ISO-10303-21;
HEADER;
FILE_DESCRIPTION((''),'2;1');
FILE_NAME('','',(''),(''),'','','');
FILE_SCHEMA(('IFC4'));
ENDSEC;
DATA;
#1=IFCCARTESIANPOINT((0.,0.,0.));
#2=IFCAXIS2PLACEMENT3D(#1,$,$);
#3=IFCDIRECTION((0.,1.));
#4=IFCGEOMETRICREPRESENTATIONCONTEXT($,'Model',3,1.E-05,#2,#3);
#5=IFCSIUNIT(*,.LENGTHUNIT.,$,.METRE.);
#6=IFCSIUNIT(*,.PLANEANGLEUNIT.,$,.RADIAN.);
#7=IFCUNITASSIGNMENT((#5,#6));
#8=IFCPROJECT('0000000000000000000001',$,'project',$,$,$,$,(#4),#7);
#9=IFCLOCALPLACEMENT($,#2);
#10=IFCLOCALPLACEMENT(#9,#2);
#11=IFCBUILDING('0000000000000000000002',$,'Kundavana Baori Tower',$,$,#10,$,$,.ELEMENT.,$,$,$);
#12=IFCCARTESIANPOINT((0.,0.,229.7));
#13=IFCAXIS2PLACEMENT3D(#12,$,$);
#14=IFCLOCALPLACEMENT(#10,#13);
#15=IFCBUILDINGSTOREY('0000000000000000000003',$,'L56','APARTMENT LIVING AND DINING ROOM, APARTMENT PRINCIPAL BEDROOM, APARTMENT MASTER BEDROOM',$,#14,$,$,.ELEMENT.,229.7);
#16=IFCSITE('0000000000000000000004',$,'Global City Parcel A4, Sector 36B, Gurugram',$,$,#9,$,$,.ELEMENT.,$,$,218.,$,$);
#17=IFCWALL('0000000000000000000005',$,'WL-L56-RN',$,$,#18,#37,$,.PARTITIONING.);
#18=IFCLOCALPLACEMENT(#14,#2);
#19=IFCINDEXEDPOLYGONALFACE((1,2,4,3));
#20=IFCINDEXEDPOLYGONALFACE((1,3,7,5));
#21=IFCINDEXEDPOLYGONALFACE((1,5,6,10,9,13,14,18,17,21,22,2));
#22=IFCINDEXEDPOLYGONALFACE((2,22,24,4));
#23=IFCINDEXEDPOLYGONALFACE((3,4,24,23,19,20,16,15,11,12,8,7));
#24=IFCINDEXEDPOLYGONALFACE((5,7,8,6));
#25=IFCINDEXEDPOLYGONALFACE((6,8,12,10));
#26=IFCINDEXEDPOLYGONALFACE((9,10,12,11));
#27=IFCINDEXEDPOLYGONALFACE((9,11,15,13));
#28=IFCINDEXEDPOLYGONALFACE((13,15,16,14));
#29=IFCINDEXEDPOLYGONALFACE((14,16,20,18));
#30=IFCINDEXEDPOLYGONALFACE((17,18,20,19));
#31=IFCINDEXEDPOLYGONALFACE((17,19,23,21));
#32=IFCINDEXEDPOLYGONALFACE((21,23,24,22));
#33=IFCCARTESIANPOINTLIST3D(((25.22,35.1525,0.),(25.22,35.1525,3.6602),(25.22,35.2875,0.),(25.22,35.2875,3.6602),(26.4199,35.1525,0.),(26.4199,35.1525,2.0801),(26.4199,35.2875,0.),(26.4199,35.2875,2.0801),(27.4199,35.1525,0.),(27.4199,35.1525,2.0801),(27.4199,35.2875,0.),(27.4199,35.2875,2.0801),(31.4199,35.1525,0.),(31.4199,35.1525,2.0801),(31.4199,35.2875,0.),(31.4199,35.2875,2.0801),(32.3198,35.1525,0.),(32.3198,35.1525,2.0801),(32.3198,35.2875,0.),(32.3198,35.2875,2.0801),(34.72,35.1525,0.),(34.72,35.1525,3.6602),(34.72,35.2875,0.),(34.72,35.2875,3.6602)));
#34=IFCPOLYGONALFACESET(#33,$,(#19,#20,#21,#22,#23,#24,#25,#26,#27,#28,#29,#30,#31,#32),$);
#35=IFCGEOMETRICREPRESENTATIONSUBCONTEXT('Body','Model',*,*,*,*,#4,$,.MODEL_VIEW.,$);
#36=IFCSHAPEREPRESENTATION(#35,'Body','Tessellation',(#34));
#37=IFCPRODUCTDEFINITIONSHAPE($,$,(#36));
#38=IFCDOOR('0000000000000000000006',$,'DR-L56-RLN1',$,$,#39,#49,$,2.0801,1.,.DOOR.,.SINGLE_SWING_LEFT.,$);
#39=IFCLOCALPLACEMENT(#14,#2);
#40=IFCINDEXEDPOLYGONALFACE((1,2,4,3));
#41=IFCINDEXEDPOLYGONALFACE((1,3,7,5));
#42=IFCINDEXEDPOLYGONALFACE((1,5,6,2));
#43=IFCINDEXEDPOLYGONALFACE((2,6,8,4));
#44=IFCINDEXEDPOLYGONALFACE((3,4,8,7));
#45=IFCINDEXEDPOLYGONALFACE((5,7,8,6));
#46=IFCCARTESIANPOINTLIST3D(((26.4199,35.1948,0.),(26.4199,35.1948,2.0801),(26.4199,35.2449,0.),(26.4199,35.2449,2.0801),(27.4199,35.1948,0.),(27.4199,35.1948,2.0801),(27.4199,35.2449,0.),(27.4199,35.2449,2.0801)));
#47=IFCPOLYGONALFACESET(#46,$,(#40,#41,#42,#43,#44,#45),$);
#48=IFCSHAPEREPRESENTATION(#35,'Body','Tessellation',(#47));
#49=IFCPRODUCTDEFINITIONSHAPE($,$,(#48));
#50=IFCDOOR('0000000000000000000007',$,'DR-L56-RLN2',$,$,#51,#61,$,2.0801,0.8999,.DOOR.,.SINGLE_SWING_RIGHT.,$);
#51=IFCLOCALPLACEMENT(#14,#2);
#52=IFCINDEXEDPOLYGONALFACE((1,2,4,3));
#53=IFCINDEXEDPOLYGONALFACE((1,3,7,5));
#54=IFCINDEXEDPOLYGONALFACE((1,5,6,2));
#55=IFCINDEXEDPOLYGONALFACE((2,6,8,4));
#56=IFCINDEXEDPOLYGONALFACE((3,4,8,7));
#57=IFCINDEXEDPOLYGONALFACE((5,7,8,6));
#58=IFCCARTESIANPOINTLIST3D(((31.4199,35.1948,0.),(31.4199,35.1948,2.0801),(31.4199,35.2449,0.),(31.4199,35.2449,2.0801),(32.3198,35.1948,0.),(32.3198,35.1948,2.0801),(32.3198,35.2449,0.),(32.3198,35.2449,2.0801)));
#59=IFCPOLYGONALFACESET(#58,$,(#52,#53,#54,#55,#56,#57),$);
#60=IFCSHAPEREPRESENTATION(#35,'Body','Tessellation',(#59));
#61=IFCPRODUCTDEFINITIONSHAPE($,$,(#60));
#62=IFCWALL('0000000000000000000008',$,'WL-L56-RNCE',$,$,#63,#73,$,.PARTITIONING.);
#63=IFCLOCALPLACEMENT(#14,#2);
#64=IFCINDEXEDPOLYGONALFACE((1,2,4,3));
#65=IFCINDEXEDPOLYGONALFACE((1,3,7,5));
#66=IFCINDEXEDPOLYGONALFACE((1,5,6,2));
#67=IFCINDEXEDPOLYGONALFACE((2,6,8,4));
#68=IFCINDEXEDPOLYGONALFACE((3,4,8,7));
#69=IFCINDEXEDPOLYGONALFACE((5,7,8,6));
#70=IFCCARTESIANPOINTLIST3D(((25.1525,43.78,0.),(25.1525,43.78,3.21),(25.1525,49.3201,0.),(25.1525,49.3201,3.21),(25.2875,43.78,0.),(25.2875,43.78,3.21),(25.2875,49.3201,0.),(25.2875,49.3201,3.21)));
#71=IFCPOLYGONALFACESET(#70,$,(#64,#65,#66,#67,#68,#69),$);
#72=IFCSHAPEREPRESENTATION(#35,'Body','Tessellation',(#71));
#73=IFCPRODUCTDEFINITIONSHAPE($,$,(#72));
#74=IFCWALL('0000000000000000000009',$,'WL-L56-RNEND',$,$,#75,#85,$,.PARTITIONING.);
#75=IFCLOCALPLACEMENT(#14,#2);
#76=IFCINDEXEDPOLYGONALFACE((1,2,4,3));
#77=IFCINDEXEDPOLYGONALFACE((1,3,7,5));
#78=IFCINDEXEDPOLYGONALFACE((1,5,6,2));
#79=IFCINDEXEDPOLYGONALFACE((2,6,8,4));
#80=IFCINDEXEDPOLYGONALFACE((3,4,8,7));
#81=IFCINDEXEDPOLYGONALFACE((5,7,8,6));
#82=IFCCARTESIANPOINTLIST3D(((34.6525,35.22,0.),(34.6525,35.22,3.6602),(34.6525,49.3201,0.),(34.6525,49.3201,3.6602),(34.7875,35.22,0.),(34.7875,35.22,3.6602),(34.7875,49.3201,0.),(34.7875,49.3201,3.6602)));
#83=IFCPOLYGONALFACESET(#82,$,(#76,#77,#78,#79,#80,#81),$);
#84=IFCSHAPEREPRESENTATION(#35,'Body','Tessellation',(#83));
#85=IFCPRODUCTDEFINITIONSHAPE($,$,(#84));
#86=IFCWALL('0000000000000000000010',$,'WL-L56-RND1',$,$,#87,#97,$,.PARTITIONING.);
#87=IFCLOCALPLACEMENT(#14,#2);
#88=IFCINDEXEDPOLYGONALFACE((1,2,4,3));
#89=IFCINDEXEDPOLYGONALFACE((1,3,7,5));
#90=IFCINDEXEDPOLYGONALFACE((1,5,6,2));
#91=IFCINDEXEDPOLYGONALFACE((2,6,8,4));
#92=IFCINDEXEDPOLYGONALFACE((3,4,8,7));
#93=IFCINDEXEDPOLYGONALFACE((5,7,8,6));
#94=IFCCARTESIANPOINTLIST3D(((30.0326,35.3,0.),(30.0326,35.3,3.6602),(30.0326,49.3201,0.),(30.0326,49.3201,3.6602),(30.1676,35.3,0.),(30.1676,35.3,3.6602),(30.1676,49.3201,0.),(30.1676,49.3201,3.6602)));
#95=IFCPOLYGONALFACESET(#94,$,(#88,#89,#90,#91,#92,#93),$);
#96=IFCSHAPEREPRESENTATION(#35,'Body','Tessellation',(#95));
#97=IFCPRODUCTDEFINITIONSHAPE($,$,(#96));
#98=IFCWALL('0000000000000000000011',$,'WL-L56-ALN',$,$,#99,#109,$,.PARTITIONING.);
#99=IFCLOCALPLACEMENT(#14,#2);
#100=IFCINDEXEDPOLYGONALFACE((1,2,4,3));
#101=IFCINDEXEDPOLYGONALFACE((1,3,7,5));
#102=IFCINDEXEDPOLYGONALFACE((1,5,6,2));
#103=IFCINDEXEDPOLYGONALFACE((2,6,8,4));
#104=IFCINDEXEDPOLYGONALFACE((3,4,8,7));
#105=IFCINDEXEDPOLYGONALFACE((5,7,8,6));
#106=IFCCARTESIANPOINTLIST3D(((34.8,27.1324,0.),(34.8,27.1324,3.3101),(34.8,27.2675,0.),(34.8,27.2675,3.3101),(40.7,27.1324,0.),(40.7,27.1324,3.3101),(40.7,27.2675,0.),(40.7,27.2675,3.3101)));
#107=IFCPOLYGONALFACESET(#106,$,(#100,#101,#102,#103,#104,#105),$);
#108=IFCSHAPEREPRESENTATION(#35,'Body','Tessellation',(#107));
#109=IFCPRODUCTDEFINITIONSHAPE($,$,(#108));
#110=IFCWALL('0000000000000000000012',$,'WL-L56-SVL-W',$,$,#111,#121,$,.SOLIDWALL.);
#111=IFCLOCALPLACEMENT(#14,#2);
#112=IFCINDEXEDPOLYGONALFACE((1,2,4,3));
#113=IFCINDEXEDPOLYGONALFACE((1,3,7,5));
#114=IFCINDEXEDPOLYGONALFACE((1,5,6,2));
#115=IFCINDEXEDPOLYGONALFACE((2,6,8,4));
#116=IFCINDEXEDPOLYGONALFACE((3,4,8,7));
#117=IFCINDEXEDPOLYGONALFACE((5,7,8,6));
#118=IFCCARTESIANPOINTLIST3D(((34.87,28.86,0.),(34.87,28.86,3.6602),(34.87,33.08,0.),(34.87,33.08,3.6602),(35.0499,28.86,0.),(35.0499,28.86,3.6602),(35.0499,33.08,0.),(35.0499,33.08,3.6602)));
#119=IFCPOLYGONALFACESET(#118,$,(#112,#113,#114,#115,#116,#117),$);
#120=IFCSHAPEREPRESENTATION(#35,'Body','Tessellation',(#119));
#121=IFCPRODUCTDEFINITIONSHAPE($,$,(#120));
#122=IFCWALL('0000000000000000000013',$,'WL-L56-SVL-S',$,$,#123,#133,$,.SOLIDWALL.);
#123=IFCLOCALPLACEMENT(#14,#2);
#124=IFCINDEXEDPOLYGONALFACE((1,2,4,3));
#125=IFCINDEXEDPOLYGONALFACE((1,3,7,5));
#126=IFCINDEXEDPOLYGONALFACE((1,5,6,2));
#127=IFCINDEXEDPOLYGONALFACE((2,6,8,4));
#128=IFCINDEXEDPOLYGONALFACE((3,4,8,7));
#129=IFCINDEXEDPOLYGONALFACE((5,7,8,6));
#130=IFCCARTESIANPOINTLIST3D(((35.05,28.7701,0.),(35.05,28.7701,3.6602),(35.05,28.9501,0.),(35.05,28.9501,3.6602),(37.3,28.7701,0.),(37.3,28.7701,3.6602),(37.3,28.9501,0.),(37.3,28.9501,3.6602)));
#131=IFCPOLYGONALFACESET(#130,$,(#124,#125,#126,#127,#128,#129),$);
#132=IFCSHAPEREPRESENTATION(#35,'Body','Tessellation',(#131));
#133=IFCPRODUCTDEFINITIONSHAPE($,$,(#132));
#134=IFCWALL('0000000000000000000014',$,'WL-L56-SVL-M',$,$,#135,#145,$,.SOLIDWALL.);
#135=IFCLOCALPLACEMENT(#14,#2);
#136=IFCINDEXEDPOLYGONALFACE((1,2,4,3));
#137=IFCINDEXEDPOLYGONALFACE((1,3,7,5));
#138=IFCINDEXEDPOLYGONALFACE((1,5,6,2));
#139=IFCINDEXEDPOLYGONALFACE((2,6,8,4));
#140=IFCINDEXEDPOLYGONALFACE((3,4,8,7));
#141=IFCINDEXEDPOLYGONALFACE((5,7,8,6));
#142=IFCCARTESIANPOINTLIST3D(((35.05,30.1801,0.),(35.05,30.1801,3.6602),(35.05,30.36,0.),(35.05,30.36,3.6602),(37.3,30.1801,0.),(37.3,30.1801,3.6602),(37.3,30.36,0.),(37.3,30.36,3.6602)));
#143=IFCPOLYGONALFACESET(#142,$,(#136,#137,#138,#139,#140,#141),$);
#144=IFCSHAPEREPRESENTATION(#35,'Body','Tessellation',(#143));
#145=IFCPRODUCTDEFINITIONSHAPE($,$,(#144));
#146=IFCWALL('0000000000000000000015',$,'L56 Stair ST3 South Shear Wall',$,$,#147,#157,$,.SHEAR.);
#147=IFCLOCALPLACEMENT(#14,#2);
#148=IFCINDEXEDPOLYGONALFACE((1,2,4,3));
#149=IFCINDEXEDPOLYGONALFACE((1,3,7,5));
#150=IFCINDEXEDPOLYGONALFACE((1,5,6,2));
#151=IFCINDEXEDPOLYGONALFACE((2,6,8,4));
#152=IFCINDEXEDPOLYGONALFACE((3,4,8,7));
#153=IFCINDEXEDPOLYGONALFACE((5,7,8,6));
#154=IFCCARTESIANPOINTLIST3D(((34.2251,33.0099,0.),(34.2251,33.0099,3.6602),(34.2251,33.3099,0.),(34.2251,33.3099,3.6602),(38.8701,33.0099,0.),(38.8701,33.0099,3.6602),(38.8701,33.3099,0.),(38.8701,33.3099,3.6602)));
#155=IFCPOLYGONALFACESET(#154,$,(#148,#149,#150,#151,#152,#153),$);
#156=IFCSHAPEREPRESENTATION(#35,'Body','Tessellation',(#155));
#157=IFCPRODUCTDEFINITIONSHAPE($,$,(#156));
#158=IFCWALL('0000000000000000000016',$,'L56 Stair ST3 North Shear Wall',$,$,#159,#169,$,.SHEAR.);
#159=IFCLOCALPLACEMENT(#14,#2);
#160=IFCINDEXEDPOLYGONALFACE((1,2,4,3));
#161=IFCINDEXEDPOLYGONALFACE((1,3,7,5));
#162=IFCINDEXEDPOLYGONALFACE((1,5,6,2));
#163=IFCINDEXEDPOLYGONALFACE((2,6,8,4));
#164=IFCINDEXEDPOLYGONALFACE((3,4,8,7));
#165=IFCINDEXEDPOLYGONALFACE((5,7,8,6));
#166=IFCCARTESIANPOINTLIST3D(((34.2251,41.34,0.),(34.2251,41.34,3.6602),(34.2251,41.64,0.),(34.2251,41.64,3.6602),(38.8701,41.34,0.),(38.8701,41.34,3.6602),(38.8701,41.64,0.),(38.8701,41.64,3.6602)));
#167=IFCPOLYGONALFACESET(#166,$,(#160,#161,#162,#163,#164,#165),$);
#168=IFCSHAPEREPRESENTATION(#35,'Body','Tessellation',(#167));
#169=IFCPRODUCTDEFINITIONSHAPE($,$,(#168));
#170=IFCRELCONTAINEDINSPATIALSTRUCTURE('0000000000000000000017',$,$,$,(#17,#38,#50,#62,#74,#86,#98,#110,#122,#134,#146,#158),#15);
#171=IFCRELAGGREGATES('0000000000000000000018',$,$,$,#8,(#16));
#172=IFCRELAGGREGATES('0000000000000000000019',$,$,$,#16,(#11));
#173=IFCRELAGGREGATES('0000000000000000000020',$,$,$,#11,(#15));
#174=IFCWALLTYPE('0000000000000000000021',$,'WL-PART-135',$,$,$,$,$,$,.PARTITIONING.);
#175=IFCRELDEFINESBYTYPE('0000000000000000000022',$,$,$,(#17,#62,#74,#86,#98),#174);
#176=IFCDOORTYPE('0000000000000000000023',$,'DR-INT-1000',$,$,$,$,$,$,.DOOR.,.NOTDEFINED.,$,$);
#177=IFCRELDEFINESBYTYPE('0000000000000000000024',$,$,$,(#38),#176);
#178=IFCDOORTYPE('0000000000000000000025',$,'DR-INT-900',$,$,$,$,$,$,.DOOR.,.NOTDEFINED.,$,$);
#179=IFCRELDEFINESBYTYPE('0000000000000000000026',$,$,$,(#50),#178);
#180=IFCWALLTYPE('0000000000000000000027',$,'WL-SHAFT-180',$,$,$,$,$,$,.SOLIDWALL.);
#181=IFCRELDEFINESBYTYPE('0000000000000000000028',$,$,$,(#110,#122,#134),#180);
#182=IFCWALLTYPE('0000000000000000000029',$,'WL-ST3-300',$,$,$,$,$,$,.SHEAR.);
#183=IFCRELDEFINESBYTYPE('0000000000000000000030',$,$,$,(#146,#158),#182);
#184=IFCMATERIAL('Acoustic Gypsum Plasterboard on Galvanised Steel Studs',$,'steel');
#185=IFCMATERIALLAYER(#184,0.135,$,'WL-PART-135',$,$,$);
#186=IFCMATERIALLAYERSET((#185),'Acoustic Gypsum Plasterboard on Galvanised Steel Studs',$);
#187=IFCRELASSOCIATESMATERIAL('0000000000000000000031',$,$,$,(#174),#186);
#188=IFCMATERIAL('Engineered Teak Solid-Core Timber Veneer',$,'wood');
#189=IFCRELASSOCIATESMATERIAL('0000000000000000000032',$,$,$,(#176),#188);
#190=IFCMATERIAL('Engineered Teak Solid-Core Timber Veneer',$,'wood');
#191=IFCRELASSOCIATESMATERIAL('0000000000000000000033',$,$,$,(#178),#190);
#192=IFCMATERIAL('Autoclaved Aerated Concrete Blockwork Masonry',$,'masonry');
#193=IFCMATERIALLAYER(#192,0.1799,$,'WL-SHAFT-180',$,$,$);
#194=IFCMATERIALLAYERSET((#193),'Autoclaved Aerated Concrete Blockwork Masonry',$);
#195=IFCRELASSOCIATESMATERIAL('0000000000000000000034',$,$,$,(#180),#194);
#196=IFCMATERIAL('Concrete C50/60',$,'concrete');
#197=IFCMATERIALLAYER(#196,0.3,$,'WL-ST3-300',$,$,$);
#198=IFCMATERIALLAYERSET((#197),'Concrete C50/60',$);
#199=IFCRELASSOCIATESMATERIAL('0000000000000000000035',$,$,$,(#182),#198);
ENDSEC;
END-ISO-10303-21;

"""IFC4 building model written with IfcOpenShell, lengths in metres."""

from ifc_helpers import new_model, si_unit, direction, frame, frame_2d, origin, place, context, subcontext, project, spatial, rectangle, extrude, material, layer, layer_set, type_object, element, fill, save


model = new_model("IFC4")

# Units and contexts
model_context = context("Model", 3, precision=1e-05, world=origin(), true_north=direction((0.0, 1.0)))
body_context = subcontext(model_context, "Body", "Model", "MODEL_VIEW")
ifc_project = project(units=[si_unit("LENGTHUNIT", "METRE"), si_unit("PLANEANGLEUNIT", "RADIAN")], contexts=[model_context])

# Site, building, storey
site_placement = place(None, origin())
site = spatial("IfcSite", under=ifc_project, at=site_placement, Name="Global City Parcel A4, Sector 36B, Gurugram", CompositionType="ELEMENT", RefElevation=218.0)
building_placement = place(site_placement, origin())
building = spatial("IfcBuilding", under=site, at=building_placement, Name="Kundavana Baori Tower", CompositionType="ELEMENT")
storey_placement = place(building_placement, frame((0.0, 0.0, 229.7)))
storey = spatial("IfcBuildingStorey", under=building, at=storey_placement, Name="L56", Description="APARTMENT LIVING AND DINING ROOM, APARTMENT PRINCIPAL BEDROOM, APARTMENT MASTER BEDROOM", CompositionType="ELEMENT", Elevation=229.7)

# Wall, openings, doors
ifc_material_1 = material(Name="Acoustic Gypsum Plasterboard on Galvanised Steel Studs", Category="steel")
ifc_layer_1 = layer(ifc_material_1, 0.135, Name="WL-PART-135")
ifc_layer_set_1 = layer_set([ifc_layer_1], Name="Acoustic Gypsum Plasterboard on Galvanised Steel Studs")
wall_type_1 = type_object("IfcWallType", Name="WL-PART-135", PredefinedType="PARTITIONING", material=ifc_layer_set_1)
wall_1_placement = place(storey_placement, frame((25.22, 35.22, 0.0), z_axis=(0.0, 0.0, 1.0), x_axis=(1.0, 0.0, 0.0)))
wall_1 = element("IfcWall", 1, at=wall_1_placement, inside=storey, type_object=wall_type_1, Name="WL-L56-RN", PredefinedType="PARTITIONING", context=body_context, shape_type="SweptSolid", body=[
    extrude(rectangle(XDim=9.5, YDim=0.135, at=frame_2d((4.75, 0.0))), origin(), (0.0, 0.0, 1.0), 3.6602),
])
opening_1_placement = place(wall_1_placement, frame((1.2, 0.0, 0.0)))
opening_1 = element("IfcOpeningElement", 2, at=opening_1_placement, cuts=wall_1, PredefinedType="OPENING", context=body_context, shape_type="SweptSolid", body=[
    extrude(rectangle(XDim=1.0, YDim=2.0801, at=frame_2d((0.5, 1.04))), frame((0.0, 0.0776, 0.0), z_axis=(0.0, -1.0, 0.0), x_axis=(1.0, 0.0, 0.0)), (0.0, 0.0, 1.0), 0.155),
])
opening_2_placement = place(wall_1_placement, frame((6.2, 0.0, 0.0)))
opening_2 = element("IfcOpeningElement", 3, at=opening_2_placement, cuts=wall_1, PredefinedType="OPENING", context=body_context, shape_type="SweptSolid", body=[
    extrude(rectangle(XDim=0.8999, YDim=2.0801, at=frame_2d((0.45, 1.04))), frame((0.0, 0.0776, 0.0), z_axis=(0.0, -1.0, 0.0), x_axis=(1.0, 0.0, 0.0)), (0.0, 0.0, 1.0), 0.155),
])
ifc_material_2 = material(Name="Engineered Teak Solid-Core Timber Veneer", Category="wood")
door_type_1 = type_object("IfcDoorType", Name="DR-INT-1000", OperationType="NOTDEFINED", PredefinedType="DOOR", material=ifc_material_2)
door_1_placement = place(opening_1_placement, origin())
door_1 = element("IfcDoor", 4, at=door_1_placement, inside=storey, type_object=door_type_1, Name="DR-L56-RLN1", OperationType="SINGLE_SWING_LEFT", OverallHeight=2.0801, OverallWidth=1.0, PredefinedType="DOOR", context=body_context, shape_type="SweptSolid", body=[
    extrude(rectangle(XDim=1.0, YDim=2.0801, at=frame_2d((0.5, 1.04))), frame((0.0, 0.0249, 0.0), z_axis=(0.0, -1.0, 0.0), x_axis=(1.0, 0.0, 0.0)), (0.0, 0.0, 1.0), 0.05),
])
fill(opening_1, door_1)
ifc_material_3 = material(Name="Engineered Teak Solid-Core Timber Veneer", Category="wood")
door_type_2 = type_object("IfcDoorType", Name="DR-INT-900", OperationType="NOTDEFINED", PredefinedType="DOOR", material=ifc_material_3)
door_2_placement = place(opening_2_placement, origin())
door_2 = element("IfcDoor", 5, at=door_2_placement, inside=storey, type_object=door_type_2, Name="DR-L56-RLN2", OperationType="SINGLE_SWING_RIGHT", OverallHeight=2.0801, OverallWidth=0.8999, PredefinedType="DOOR", context=body_context, shape_type="SweptSolid", body=[
    extrude(rectangle(XDim=0.8999, YDim=2.0801, at=frame_2d((0.45, 1.04))), frame((0.0, 0.0249, 0.0), z_axis=(0.0, -1.0, 0.0), x_axis=(1.0, 0.0, 0.0)), (0.0, 0.0, 1.0), 0.05),
])
fill(opening_2, door_2)

# Walls
wall_2_placement = place(storey_placement, frame((25.22, 43.78, 0.0), z_axis=(0.0, 0.0, 1.0), x_axis=(0.0, 1.0, 0.0)))
element("IfcWall", 6, at=wall_2_placement, inside=storey, type_object=wall_type_1, Name="WL-L56-RNCE", PredefinedType="PARTITIONING", context=body_context, shape_type="SweptSolid", body=[
    extrude(rectangle(XDim=5.54, YDim=0.135, at=frame_2d((2.77, 0.0))), origin(), (0.0, 0.0, 1.0), 3.21),
])
wall_3_placement = place(storey_placement, frame((34.72, 35.22, 0.0), z_axis=(0.0, 0.0, 1.0), x_axis=(0.0, 1.0, 0.0)))
element("IfcWall", 7, at=wall_3_placement, inside=storey, type_object=wall_type_1, Name="WL-L56-RNEND", PredefinedType="PARTITIONING", context=body_context, shape_type="SweptSolid", body=[
    extrude(rectangle(XDim=14.1001, YDim=0.135, at=frame_2d((7.05, 0.0))), origin(), (0.0, 0.0, 1.0), 3.6602),
])
wall_4_placement = place(storey_placement, frame((30.1001, 35.3, 0.0), z_axis=(0.0, 0.0, 1.0), x_axis=(0.0, 1.0, 0.0)))
element("IfcWall", 8, at=wall_4_placement, inside=storey, type_object=wall_type_1, Name="WL-L56-RND1", PredefinedType="PARTITIONING", context=body_context, shape_type="SweptSolid", body=[
    extrude(rectangle(XDim=14.02, YDim=0.135, at=frame_2d((7.01, 0.0))), origin(), (0.0, 0.0, 1.0), 3.6602),
])
wall_5_placement = place(storey_placement, frame((34.8, 27.2, 0.0), z_axis=(0.0, 0.0, 1.0), x_axis=(1.0, 0.0, 0.0)))
element("IfcWall", 9, at=wall_5_placement, inside=storey, type_object=wall_type_1, Name="WL-L56-ALN", PredefinedType="PARTITIONING", context=body_context, shape_type="SweptSolid", body=[
    extrude(rectangle(XDim=5.8999, YDim=0.135, at=frame_2d((2.95, 0.0))), origin(), (0.0, 0.0, 1.0), 3.3101),
])
ifc_material_4 = material(Name="Autoclaved Aerated Concrete Blockwork Masonry", Category="masonry")
ifc_layer_2 = layer(ifc_material_4, 0.1799, Name="WL-SHAFT-180")
ifc_layer_set_2 = layer_set([ifc_layer_2], Name="Autoclaved Aerated Concrete Blockwork Masonry")
wall_type_2 = type_object("IfcWallType", Name="WL-SHAFT-180", PredefinedType="SOLIDWALL", material=ifc_layer_set_2)
wall_6_placement = place(storey_placement, frame((34.96, 28.8601, 0.0), z_axis=(0.0, 0.0, 1.0), x_axis=(0.0, 1.0, 0.0)))
element("IfcWall", 10, at=wall_6_placement, inside=storey, type_object=wall_type_2, Name="WL-L56-SVL-W", PredefinedType="SOLIDWALL", context=body_context, shape_type="SweptSolid", body=[
    extrude(rectangle(XDim=4.22, YDim=0.1799, at=frame_2d((2.1099, 0.0))), origin(), (0.0, 0.0, 1.0), 3.6602),
])
for number, where, z_axis, x_axis, name in (
    (11, (35.05, 28.8601, 0.0), (0.0, 0.0, 1.0), (1.0, 0.0, 0.0), "WL-L56-SVL-S"),
    (12, (35.05, 30.27, 0.0), (0.0, 0.0, 1.0), (1.0, 0.0, 0.0), "WL-L56-SVL-M"),
):
    element("IfcWall", number, at=place(storey_placement, frame(where, z_axis=z_axis, x_axis=x_axis)), inside=storey, type_object=wall_type_2, Name=name, PredefinedType="SOLIDWALL", context=body_context, shape_type="SweptSolid", body=[
        extrude(rectangle(XDim=2.25, YDim=0.1799, at=frame_2d((1.125, 0.0))), origin(), (0.0, 0.0, 1.0), 3.6602),
    ])
ifc_material_5 = material(Name="Concrete C50/60", Category="concrete")
ifc_layer_3 = layer(ifc_material_5, 0.3, Name="WL-ST3-300")
ifc_layer_set_3 = layer_set([ifc_layer_3], Name="Concrete C50/60")
wall_type_3 = type_object("IfcWallType", Name="WL-ST3-300", PredefinedType="SHEAR", material=ifc_layer_set_3)
for number, where, z_axis, x_axis, name in (
    (13, (34.2251, 33.1599, 0.0), (0.0, 0.0, 1.0), (1.0, 0.0, 0.0), "L56 Stair ST3 South Shear Wall"),
    (14, (34.2251, 41.49, 0.0), (0.0, 0.0, 1.0), (1.0, 0.0, 0.0), "L56 Stair ST3 North Shear Wall"),
):
    element("IfcWall", number, at=place(storey_placement, frame(where, z_axis=z_axis, x_axis=x_axis)), inside=storey, type_object=wall_type_3, Name=name, PredefinedType="SHEAR", context=body_context, shape_type="SweptSolid", body=[
        extrude(rectangle(XDim=4.645, YDim=0.3, at=frame_2d((2.3225, 0.0))), origin(), (0.0, 0.0, 1.0), 3.6602),
    ])

save(model, "model.ifc")
